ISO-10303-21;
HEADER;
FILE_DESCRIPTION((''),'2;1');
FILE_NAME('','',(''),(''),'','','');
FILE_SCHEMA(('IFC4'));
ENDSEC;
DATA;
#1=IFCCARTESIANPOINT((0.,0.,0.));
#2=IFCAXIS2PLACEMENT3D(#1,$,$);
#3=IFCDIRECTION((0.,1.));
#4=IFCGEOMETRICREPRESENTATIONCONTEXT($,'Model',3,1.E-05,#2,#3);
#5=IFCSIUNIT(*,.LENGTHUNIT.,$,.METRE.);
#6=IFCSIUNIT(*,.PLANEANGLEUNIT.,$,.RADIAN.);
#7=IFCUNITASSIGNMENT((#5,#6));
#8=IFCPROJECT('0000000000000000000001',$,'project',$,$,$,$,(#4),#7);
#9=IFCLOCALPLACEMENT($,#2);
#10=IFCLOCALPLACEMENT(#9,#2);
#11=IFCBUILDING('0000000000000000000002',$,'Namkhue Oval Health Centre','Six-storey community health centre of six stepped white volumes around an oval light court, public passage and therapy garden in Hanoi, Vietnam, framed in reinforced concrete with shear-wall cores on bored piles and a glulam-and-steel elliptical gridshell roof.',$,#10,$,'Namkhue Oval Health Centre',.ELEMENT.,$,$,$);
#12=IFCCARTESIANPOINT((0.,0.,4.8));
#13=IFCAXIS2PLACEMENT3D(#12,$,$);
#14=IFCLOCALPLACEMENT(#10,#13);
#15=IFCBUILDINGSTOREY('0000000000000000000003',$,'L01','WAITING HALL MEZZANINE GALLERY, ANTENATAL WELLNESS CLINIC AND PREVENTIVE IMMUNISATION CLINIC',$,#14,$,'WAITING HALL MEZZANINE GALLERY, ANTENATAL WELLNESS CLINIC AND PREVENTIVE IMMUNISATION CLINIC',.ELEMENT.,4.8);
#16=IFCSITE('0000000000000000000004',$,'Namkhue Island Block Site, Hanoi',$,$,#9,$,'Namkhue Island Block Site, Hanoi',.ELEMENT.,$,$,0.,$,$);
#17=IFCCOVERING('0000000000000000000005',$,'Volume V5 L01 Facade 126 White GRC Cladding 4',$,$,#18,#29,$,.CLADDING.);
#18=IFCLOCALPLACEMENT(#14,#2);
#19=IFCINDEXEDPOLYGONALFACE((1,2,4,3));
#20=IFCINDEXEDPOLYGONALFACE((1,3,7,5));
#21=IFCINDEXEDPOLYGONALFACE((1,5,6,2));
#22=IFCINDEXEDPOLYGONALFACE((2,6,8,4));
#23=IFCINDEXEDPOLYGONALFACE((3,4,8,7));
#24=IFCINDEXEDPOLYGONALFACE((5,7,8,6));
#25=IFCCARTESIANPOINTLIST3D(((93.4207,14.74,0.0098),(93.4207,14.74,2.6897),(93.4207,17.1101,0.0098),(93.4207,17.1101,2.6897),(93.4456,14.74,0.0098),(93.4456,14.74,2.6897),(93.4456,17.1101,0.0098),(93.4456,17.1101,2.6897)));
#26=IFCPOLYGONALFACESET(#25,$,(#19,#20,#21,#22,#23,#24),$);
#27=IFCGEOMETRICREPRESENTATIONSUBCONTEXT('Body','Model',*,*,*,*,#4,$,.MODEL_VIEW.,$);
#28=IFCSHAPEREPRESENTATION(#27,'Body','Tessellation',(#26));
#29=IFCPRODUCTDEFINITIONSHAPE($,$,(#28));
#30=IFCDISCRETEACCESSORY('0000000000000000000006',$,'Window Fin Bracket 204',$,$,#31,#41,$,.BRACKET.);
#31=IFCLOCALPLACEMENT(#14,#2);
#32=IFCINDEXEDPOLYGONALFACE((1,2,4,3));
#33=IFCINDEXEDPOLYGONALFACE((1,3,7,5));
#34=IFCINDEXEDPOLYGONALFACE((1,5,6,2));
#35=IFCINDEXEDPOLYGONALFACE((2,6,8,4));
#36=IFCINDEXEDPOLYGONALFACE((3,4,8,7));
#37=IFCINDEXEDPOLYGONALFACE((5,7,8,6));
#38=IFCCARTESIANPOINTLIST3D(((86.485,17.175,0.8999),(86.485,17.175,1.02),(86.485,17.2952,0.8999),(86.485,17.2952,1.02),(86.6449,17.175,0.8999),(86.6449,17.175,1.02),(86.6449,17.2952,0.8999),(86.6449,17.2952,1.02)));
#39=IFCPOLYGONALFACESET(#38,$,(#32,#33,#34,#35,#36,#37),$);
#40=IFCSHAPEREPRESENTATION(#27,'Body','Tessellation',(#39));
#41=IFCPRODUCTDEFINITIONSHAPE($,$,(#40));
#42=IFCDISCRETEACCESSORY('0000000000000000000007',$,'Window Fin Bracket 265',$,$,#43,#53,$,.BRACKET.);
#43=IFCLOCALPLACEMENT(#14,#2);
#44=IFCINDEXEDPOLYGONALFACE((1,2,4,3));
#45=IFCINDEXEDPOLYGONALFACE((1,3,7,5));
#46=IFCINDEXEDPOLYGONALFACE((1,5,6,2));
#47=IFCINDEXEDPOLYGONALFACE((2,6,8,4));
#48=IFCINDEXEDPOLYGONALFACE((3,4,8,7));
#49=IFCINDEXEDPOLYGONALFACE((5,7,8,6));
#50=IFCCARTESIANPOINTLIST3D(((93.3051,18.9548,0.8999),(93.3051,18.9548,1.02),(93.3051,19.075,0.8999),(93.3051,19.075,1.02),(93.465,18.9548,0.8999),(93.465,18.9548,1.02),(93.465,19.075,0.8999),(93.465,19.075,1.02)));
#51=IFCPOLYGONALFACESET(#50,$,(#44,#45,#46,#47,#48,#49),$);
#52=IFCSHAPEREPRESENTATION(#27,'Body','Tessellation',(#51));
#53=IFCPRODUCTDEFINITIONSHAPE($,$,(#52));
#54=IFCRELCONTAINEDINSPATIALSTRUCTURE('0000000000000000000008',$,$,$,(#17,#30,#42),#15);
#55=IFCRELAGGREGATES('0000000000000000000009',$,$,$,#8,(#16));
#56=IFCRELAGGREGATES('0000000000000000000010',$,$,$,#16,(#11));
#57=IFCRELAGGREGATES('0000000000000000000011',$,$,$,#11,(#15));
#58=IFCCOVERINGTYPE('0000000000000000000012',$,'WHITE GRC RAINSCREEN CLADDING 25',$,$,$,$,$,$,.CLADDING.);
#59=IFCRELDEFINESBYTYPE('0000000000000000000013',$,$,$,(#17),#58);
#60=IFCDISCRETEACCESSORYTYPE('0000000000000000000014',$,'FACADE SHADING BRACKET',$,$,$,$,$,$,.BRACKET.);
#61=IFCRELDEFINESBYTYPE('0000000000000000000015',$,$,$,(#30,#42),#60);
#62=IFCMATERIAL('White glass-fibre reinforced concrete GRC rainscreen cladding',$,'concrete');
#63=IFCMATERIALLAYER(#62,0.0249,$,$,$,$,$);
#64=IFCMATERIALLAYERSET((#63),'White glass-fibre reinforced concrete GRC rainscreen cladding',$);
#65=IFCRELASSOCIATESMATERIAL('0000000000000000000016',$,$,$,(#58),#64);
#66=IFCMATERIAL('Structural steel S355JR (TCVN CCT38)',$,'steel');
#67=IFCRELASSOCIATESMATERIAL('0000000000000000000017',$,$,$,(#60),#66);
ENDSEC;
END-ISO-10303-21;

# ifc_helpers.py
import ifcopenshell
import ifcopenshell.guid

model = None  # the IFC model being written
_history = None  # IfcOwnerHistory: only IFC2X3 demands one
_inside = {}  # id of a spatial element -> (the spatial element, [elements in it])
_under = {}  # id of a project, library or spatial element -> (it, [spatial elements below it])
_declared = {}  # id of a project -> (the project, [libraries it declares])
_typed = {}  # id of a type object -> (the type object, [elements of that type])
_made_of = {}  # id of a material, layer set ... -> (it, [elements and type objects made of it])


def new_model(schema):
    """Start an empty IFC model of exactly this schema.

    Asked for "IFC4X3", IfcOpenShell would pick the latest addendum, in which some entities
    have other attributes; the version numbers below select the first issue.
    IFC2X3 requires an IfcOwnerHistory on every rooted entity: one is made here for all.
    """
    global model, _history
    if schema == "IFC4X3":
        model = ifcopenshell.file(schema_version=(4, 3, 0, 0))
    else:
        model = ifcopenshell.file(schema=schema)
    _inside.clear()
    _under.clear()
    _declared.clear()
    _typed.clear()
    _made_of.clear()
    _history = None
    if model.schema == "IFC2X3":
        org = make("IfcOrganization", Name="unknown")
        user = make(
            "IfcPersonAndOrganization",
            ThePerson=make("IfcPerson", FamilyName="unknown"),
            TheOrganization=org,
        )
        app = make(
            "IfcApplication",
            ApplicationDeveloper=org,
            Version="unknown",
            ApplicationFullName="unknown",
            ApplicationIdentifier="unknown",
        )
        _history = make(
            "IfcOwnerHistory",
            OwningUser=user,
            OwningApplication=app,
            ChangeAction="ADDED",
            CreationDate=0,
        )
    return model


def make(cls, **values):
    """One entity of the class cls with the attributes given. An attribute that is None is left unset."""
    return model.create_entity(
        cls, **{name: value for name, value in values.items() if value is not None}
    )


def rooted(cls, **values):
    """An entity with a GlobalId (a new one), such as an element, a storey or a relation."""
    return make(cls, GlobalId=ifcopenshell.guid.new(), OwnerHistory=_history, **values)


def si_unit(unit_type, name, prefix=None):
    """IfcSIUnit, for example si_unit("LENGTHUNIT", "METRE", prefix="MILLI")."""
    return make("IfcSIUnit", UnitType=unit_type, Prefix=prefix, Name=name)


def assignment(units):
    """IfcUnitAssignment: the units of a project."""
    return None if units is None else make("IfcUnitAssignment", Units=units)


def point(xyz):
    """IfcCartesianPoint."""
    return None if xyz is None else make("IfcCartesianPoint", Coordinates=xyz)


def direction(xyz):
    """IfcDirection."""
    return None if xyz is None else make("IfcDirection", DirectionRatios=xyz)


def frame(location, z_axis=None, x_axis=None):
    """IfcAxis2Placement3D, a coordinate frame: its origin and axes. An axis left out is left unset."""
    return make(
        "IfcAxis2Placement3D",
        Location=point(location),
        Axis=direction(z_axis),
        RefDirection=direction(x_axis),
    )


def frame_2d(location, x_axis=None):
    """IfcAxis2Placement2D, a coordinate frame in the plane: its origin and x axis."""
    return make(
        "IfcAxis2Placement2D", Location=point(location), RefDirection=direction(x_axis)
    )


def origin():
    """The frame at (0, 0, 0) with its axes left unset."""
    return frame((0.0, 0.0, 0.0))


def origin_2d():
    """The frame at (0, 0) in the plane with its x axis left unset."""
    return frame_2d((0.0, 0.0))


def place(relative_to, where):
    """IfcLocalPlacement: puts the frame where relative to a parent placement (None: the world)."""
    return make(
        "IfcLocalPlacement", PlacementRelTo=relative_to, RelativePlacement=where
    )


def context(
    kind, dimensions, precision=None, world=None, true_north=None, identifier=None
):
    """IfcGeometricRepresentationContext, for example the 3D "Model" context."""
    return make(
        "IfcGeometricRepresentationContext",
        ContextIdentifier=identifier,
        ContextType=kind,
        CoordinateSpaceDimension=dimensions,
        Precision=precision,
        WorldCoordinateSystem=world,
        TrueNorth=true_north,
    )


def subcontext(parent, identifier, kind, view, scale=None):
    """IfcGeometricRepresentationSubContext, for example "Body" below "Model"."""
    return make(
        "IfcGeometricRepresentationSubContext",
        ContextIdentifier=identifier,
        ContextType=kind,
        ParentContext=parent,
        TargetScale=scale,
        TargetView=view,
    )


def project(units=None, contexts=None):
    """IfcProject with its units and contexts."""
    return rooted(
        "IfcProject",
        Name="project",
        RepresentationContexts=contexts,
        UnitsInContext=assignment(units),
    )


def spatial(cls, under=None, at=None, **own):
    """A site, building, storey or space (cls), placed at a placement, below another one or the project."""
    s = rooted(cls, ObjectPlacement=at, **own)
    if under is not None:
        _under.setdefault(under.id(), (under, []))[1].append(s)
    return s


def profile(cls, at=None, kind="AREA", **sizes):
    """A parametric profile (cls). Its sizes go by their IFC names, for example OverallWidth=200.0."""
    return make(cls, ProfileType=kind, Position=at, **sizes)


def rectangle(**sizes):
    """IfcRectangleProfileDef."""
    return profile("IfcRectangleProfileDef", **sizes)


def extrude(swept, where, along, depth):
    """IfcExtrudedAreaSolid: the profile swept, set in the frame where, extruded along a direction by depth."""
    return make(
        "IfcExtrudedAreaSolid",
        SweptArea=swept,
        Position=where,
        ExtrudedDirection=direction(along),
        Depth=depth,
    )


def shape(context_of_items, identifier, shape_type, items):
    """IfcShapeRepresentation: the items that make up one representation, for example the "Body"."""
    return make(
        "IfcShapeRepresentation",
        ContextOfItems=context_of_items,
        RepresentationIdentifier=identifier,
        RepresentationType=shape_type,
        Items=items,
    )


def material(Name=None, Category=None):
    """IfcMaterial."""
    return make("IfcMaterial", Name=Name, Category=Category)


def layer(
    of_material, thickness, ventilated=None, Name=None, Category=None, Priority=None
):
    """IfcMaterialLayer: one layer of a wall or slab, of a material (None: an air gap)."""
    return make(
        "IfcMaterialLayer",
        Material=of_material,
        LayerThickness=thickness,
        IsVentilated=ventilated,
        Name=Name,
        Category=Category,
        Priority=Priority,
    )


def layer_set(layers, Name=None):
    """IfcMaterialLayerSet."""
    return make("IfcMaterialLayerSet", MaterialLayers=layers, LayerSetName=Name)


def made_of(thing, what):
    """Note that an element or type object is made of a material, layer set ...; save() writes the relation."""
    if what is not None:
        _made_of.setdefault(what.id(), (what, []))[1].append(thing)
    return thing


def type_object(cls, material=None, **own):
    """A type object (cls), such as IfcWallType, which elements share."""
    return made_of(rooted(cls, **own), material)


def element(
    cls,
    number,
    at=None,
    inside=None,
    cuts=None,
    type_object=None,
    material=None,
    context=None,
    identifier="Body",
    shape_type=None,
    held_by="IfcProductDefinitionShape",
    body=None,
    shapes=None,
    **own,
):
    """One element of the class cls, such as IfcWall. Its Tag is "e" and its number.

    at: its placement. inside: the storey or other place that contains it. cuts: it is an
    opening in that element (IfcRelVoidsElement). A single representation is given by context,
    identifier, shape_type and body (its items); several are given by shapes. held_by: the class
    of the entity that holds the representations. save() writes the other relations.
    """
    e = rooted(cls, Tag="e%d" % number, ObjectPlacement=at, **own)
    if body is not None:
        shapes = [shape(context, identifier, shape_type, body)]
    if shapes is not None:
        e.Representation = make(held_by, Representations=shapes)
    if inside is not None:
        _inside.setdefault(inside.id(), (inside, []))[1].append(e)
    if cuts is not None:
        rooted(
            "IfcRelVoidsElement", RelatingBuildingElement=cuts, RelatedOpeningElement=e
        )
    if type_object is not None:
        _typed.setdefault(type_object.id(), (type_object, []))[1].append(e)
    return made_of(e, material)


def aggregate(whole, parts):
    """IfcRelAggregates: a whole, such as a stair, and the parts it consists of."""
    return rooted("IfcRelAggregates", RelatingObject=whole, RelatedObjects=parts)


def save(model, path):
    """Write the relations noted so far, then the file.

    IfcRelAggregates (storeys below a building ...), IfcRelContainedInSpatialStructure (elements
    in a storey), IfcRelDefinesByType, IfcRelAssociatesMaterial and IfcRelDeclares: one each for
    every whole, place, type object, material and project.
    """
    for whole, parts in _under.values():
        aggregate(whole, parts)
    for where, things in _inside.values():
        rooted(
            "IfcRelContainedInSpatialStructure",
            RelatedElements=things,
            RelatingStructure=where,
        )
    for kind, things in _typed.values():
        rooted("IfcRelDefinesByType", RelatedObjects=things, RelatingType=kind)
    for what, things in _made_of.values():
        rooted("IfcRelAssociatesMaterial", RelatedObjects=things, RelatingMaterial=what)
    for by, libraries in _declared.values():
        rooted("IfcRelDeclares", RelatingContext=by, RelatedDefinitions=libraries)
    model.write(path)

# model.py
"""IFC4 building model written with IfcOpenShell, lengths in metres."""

from ifc_helpers import new_model, si_unit, direction, frame, origin, origin_2d, place, context, subcontext, project, spatial, rectangle, extrude, material, layer, layer_set, type_object, element, save


model = new_model("IFC4")

# Units and contexts
model_context = context("Model", 3, precision=1e-05, world=origin(), true_north=direction((0.0, 1.0)))
body_context = subcontext(model_context, "Body", "Model", "MODEL_VIEW")
ifc_project = project(units=[si_unit("LENGTHUNIT", "METRE"), si_unit("PLANEANGLEUNIT", "RADIAN")], contexts=[model_context])

# Site, building, storey
site_placement = place(None, origin())
site = spatial("IfcSite", under=ifc_project, at=site_placement, Name="Namkhue Island Block Site, Hanoi", LongName="Namkhue Island Block Site, Hanoi", CompositionType="ELEMENT", RefElevation=0.0)
building_placement = place(site_placement, origin())
building = spatial("IfcBuilding", under=site, at=building_placement, Name="Namkhue Oval Health Centre", Description="Six-storey community health centre of six stepped white volumes around an oval light court, public passage and therapy garden in Hanoi, Vietnam, framed in reinforced concrete with shear-wall cores on bored piles and a glulam-and-steel elliptical gridshell roof.", LongName="Namkhue Oval Health Centre", CompositionType="ELEMENT")
storey_placement = place(building_placement, frame((0.0, 0.0, 4.8)))
storey = spatial("IfcBuildingStorey", under=building, at=storey_placement, Name="L01", Description="WAITING HALL MEZZANINE GALLERY, ANTENATAL WELLNESS CLINIC AND PREVENTIVE IMMUNISATION CLINIC", LongName="WAITING HALL MEZZANINE GALLERY, ANTENATAL WELLNESS CLINIC AND PREVENTIVE IMMUNISATION CLINIC", CompositionType="ELEMENT", Elevation=4.8)

# Covering
ifc_material_1 = material(Name="White glass-fibre reinforced concrete GRC rainscreen cladding", Category="concrete")
ifc_layer_1 = layer(ifc_material_1, 0.0249)
ifc_layer_set_1 = layer_set([ifc_layer_1], Name="White glass-fibre reinforced concrete GRC rainscreen cladding")
covering_type = type_object("IfcCoveringType", Name="WHITE GRC RAINSCREEN CLADDING 25", PredefinedType="CLADDING", material=ifc_layer_set_1)
covering_1_placement = place(storey_placement, frame((93.4331, 15.925, 0.0098), z_axis=(0.0, 0.0, 1.0), x_axis=(0.0, -1.0, 0.0)))
element("IfcCovering", 1, at=covering_1_placement, inside=storey, type_object=covering_type, Name="Volume V5 L01 Facade 126 White GRC Cladding 4", PredefinedType="CLADDING", context=body_context, shape_type="SweptSolid", body=[
    extrude(rectangle(XDim=2.3701, YDim=0.0249, at=origin_2d()), origin(), (0.0, 0.0, 1.0), 2.6799),
])

# Discrete accessories
ifc_material_2 = material(Name="Structural steel S355JR (TCVN CCT38)", Category="steel")
discrete_accessory_type = type_object("IfcDiscreteAccessoryType", Name="FACADE SHADING BRACKET", PredefinedType="BRACKET", material=ifc_material_2)
for number, where, z_axis, x_axis, name in (
    (2, (86.5649, 17.2351, 0.8999), (0.0, 0.0, 1.0), (1.0, 0.0, 0.0), "Window Fin Bracket 204"),
    (3, (93.385, 19.0149, 0.8999), (0.0, 0.0, 1.0), (-1.0, 0.0, 0.0), "Window Fin Bracket 265"),
):
    element("IfcDiscreteAccessory", number, at=place(storey_placement, frame(where, z_axis=z_axis, x_axis=x_axis)), inside=storey, type_object=discrete_accessory_type, Name=name, PredefinedType="BRACKET", context=body_context, shape_type="SweptSolid", body=[
        extrude(rectangle(XDim=0.1599, YDim=0.1201, at=origin_2d()), origin(), (0.0, 0.0, 1.0), 0.1201),
    ])

save(model, "model.ifc")
